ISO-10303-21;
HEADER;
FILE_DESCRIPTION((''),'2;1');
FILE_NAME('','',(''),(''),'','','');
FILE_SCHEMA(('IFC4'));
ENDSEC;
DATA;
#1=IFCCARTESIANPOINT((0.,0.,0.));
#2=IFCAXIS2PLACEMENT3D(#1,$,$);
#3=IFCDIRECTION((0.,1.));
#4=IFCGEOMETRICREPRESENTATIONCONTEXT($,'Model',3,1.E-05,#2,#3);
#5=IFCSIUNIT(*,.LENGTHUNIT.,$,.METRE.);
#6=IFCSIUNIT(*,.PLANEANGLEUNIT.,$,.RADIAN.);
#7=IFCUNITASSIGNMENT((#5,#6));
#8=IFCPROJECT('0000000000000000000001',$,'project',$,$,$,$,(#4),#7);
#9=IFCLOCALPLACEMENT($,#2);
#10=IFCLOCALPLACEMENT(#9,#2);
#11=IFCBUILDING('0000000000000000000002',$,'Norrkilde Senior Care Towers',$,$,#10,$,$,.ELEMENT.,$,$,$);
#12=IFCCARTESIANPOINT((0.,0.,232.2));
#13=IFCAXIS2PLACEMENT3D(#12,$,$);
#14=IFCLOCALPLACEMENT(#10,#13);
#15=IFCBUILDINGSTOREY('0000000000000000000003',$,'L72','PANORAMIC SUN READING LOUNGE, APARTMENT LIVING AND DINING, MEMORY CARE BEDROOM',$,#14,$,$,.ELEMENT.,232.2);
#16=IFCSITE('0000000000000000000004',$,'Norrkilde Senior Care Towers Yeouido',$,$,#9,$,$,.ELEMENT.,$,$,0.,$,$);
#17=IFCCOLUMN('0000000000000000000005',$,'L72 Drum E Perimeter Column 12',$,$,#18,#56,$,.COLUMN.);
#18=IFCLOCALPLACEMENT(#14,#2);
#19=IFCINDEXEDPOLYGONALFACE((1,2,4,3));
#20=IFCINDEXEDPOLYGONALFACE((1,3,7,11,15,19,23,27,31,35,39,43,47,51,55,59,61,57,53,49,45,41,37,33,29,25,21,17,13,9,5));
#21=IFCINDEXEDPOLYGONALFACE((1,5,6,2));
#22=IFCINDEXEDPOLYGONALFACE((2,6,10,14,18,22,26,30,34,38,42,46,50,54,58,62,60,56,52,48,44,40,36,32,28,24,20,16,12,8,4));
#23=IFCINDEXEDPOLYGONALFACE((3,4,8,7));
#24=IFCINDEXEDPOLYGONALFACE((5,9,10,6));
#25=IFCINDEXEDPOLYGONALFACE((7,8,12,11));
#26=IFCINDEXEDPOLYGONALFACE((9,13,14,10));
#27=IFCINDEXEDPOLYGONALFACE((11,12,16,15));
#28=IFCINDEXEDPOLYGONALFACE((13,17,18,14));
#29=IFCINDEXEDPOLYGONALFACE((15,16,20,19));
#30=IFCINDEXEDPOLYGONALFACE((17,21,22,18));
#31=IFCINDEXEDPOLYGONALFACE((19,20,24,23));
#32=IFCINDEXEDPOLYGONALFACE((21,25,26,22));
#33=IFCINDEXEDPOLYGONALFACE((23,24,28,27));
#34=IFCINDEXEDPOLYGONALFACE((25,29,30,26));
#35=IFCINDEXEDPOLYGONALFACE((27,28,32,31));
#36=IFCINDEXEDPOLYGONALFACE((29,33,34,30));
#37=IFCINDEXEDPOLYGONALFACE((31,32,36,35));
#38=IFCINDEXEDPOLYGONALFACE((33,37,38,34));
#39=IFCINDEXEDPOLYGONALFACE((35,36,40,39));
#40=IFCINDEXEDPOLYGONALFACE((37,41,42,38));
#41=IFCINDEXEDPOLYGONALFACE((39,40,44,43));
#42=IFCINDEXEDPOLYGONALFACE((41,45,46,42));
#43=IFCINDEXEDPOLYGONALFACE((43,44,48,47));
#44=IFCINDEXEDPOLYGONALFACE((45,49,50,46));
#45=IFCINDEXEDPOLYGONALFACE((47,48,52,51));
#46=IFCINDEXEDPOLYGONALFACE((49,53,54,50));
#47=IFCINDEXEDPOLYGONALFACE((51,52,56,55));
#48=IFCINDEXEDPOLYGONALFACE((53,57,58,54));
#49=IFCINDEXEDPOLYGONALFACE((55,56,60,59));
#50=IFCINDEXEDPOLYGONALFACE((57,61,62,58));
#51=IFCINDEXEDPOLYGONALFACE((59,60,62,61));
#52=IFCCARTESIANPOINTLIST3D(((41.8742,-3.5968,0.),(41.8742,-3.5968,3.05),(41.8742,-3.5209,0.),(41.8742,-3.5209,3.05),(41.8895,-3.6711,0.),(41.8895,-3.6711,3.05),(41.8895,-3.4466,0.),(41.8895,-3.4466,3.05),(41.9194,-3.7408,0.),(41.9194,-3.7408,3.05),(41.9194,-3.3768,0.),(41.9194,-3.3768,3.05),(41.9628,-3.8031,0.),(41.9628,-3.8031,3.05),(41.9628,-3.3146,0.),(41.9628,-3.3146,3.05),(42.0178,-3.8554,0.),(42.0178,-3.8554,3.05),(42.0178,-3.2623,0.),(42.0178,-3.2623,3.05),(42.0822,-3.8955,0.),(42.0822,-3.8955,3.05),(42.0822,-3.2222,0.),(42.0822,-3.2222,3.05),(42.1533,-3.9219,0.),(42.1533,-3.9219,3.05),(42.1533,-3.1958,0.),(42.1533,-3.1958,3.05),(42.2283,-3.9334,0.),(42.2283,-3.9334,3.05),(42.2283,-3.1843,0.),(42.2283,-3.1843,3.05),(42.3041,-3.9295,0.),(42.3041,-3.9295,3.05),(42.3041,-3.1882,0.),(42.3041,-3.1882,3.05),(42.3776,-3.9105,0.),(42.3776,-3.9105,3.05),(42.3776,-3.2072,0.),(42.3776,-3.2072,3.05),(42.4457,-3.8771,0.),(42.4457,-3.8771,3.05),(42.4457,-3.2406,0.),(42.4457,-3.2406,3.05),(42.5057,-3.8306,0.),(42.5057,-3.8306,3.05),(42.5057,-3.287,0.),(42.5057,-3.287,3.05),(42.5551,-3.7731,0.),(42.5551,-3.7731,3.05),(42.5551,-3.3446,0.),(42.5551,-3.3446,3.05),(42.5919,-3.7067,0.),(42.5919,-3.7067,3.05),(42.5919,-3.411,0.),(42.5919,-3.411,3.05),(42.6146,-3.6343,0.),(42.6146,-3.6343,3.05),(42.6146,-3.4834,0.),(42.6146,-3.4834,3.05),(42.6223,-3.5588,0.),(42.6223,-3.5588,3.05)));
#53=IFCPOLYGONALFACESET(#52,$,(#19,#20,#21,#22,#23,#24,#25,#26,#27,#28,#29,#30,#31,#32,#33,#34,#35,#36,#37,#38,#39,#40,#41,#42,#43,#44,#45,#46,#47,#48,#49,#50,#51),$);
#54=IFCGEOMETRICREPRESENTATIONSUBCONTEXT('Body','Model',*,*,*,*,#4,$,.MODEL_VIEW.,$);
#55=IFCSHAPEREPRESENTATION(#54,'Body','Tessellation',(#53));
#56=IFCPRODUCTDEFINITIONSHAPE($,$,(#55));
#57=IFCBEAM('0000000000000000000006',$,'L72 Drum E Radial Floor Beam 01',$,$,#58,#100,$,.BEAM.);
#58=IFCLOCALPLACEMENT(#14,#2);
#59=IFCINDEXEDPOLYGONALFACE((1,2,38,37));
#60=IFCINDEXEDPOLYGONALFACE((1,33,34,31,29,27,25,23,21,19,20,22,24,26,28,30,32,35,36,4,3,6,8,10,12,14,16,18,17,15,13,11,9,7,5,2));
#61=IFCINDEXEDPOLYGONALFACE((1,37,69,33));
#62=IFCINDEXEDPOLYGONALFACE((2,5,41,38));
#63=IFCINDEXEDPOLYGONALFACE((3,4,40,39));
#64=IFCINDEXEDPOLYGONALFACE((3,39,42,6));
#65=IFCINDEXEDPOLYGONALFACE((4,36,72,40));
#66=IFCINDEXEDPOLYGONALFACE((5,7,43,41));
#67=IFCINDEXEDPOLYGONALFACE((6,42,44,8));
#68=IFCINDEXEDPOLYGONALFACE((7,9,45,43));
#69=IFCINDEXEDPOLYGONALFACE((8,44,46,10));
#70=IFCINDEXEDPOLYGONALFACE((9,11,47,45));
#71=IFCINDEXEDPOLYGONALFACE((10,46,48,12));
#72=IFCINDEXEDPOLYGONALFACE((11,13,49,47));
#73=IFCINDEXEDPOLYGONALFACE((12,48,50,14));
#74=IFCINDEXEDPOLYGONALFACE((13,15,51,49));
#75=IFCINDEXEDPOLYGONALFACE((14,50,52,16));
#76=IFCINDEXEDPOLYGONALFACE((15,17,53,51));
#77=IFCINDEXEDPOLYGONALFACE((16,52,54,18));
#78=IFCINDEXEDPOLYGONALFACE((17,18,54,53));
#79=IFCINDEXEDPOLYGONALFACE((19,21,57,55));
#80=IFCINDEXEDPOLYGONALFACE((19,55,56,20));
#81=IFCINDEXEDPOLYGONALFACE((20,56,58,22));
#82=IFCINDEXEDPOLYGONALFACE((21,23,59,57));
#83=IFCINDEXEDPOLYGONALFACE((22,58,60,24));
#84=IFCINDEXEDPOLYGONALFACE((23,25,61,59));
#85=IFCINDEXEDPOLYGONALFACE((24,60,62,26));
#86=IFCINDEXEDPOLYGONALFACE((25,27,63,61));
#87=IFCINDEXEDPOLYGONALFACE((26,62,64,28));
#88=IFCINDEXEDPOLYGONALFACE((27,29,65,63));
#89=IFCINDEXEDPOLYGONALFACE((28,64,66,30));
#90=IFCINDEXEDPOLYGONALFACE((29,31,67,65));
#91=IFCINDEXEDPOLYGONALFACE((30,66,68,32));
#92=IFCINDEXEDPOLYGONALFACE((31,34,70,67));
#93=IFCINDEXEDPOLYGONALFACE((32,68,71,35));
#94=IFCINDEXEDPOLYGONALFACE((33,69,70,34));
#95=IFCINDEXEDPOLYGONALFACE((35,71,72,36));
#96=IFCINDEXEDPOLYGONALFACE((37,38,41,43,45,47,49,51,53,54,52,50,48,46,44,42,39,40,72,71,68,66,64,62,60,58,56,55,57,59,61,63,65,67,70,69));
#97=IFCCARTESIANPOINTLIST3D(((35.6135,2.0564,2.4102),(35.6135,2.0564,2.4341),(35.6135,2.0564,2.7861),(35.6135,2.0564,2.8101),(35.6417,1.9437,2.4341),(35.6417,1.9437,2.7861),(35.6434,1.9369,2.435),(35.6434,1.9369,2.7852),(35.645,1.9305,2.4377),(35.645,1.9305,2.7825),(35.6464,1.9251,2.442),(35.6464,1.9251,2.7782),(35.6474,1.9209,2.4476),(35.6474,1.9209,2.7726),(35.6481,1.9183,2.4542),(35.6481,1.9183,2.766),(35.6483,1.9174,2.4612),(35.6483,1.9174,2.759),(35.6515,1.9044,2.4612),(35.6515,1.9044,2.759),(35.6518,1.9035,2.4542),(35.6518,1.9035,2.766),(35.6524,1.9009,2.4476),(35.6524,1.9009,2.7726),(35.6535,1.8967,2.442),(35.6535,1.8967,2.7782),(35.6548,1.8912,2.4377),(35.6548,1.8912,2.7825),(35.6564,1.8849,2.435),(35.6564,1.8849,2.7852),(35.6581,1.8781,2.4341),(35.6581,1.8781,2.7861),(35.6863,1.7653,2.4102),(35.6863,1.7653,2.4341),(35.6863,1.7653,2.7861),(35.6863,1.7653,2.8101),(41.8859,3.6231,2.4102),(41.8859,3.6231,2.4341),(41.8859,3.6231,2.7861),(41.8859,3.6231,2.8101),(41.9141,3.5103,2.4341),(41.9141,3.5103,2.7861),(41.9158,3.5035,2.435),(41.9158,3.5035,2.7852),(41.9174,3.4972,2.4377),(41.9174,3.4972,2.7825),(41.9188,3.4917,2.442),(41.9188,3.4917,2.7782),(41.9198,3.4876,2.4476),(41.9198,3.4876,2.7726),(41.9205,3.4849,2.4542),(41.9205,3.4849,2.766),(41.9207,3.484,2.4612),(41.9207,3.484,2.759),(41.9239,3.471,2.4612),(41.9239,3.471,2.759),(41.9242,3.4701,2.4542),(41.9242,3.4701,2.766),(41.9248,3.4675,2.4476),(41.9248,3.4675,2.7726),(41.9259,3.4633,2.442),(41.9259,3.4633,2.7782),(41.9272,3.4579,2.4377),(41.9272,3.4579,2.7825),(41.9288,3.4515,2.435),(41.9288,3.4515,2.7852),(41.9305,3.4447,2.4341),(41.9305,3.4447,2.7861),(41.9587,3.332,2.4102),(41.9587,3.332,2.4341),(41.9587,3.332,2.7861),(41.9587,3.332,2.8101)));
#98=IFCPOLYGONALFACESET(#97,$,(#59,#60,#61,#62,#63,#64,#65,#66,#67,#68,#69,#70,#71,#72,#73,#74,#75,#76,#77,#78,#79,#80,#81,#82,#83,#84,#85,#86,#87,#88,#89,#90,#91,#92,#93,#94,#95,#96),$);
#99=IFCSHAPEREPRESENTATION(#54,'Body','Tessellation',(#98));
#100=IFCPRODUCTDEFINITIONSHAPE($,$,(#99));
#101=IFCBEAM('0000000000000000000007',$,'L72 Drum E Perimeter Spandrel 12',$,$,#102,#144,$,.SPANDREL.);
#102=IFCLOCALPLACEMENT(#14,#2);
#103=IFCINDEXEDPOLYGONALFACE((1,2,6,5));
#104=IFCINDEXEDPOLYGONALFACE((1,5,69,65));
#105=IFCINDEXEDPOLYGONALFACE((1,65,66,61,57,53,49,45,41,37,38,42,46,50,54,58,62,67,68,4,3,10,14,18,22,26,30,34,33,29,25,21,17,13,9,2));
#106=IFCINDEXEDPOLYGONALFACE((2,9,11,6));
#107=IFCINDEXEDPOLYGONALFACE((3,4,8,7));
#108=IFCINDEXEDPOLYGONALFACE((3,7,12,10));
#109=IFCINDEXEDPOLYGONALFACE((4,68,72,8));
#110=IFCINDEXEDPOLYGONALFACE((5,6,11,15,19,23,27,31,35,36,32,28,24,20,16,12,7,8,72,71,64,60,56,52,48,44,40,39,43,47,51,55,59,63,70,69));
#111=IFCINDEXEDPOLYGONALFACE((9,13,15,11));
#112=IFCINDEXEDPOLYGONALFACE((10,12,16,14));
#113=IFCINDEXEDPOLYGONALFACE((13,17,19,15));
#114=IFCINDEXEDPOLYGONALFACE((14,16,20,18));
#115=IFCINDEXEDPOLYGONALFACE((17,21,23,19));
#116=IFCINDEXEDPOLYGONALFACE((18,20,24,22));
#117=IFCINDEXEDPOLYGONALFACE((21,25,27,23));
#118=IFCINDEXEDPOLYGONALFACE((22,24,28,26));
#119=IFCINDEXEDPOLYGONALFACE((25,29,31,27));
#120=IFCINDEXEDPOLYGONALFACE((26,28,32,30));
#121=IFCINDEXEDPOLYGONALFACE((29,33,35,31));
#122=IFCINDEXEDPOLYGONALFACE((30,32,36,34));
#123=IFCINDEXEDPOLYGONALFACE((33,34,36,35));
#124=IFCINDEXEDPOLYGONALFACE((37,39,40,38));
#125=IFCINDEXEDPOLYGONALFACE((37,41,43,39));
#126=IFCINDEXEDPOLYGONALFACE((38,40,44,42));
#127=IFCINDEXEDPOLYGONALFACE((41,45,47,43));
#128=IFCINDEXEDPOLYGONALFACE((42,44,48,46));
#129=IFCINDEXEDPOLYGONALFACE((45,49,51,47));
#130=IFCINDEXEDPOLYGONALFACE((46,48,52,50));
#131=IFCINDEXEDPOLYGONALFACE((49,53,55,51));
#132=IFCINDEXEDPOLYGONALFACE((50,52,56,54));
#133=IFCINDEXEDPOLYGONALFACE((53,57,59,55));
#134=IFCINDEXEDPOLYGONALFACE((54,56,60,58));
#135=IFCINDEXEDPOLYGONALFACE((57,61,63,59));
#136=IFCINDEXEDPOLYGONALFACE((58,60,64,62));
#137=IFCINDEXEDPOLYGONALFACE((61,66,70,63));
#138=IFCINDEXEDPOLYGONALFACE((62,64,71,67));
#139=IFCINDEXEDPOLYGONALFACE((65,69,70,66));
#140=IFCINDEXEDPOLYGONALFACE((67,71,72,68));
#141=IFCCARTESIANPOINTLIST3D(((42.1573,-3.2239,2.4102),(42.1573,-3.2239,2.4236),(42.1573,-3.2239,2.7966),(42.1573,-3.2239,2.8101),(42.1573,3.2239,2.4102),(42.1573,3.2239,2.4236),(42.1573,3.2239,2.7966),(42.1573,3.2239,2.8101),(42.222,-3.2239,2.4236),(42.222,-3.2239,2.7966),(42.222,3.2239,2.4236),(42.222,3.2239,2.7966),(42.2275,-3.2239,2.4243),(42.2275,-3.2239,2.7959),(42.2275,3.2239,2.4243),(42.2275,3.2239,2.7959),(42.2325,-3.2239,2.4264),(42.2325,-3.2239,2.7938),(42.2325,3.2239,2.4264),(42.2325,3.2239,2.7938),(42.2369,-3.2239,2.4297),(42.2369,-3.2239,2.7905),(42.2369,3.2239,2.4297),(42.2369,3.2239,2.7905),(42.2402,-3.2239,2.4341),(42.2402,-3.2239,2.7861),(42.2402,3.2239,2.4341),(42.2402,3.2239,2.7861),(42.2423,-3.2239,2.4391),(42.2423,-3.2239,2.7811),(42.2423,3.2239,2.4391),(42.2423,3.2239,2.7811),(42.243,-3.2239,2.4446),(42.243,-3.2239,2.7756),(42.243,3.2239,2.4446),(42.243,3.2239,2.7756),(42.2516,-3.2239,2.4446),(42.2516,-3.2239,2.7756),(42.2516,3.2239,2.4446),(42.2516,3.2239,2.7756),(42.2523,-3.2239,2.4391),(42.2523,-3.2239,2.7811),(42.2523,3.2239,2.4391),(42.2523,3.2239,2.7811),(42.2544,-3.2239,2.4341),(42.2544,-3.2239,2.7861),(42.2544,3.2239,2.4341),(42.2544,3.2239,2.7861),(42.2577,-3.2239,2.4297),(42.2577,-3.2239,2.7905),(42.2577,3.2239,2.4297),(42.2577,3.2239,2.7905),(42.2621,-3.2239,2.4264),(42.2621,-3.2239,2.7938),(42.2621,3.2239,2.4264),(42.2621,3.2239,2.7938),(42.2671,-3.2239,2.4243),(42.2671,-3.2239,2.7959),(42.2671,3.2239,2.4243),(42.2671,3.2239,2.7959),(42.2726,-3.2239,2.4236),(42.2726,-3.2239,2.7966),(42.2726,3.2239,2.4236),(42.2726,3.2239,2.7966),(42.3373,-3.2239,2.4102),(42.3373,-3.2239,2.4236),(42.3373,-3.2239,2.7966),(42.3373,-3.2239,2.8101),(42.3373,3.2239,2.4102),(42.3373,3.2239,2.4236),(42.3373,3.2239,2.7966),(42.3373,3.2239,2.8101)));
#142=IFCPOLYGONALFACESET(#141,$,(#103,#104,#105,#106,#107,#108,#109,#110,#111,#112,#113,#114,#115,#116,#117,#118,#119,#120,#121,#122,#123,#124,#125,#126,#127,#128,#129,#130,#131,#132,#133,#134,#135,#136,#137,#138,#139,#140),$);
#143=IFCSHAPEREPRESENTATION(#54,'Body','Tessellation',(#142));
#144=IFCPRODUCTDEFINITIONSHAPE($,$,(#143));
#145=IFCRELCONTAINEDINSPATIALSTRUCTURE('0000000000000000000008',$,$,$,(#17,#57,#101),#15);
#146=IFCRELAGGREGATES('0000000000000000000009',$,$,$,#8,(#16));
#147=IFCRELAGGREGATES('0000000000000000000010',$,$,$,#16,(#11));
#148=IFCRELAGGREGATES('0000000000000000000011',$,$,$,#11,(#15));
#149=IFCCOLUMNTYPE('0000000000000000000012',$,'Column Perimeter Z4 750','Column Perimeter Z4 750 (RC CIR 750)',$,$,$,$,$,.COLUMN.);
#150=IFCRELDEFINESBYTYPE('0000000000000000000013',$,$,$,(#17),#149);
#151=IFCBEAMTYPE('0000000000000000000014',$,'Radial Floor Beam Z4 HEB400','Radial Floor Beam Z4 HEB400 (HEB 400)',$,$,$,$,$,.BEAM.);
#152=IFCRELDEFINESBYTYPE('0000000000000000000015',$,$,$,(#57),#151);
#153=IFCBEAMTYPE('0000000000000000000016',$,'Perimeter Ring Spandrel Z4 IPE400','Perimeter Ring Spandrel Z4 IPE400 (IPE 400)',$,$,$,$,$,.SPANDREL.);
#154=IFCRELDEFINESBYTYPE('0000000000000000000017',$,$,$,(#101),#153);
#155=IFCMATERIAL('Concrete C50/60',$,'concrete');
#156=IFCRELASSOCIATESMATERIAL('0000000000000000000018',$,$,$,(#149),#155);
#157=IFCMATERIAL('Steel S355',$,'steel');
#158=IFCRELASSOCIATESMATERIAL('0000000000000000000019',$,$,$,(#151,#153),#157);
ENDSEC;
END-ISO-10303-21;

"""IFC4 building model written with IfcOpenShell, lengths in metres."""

from ifc_helpers import new_model, si_unit, direction, frame, origin, origin_2d, place, context, subcontext, project, spatial, circle, i_section, extrude, source, transform, mapped, material, material_profile, profile_set, type_object, type_shapes, element, save


model = new_model("IFC4")

# Units and contexts
model_context = context("Model", 3, precision=1e-05, world=origin(), true_north=direction((0.0, 1.0)))
body_context = subcontext(model_context, "Body", "Model", "MODEL_VIEW")
ifc_project = project(units=[si_unit("LENGTHUNIT", "METRE"), si_unit("PLANEANGLEUNIT", "RADIAN")], contexts=[model_context])

# Site, building, storey
site_placement = place(None, origin())
site = spatial("IfcSite", under=ifc_project, at=site_placement, Name="Norrkilde Senior Care Towers Yeouido", CompositionType="ELEMENT", RefElevation=0.0)
building_placement = place(site_placement, origin())
building = spatial("IfcBuilding", under=site, at=building_placement, Name="Norrkilde Senior Care Towers", CompositionType="ELEMENT")
storey_placement = place(building_placement, frame((0.0, 0.0, 232.2)))
storey = spatial("IfcBuildingStorey", under=building, at=storey_placement, Name="L72", Description="PANORAMIC SUN READING LOUNGE, APARTMENT LIVING AND DINING, MEMORY CARE BEDROOM", CompositionType="ELEMENT", Elevation=232.2)

# Column
ifc_material_1 = material(Name="Concrete C50/60", Category="concrete")
ifc_material_profile_1 = material_profile(ifc_material_1, circle(Radius=0.375, at=origin_2d()), Name="RC CIR 750")
ifc_profile_set_1 = profile_set([ifc_material_profile_1], Name="Concrete C50/60")
column_type = type_object("IfcColumnType", Name="Column Perimeter Z4 750", Description="Column Perimeter Z4 750 (RC CIR 750)", PredefinedType="COLUMN", material=ifc_profile_set_1)
shared_shape_1 = source(origin(), body_context, "Body", "SweptSolid", [
    extrude(circle(Radius=0.375, at=origin_2d()), origin(), (0.0, 0.0, 1.0), 3.05),
])
type_shapes(column_type, [shared_shape_1])
column_placement = place(storey_placement, frame((42.2473, -3.5588, 0.0), z_axis=(0.0, 0.0, 1.0), x_axis=(1.0, 0.0, 0.0)))
element("IfcColumn", 1, at=column_placement, inside=storey, type_object=column_type, Name="L72 Drum E Perimeter Column 12", PredefinedType="COLUMN", context=body_context, shape_type="MappedRepresentation", body=[
    mapped(shared_shape_1, transform((0.0, 0.0, 0.0), x_axis=(1.0, 0.0, 0.0), y_axis=(0.0, 1.0, 0.0), z_axis=(0.0, 0.0, 1.0), scale=1.0)),
])

# Beams
ifc_material_2 = material(Name="Steel S355", Category="steel")
ifc_material_profile_2 = material_profile(ifc_material_2, i_section(OverallWidth=0.3, OverallDepth=0.3999, WebThickness=0.0134, FlangeThickness=0.0239, FilletRadius=0.0271, at=origin_2d()), Name="HEB 400")
ifc_profile_set_2 = profile_set([ifc_material_profile_2], Name="Steel S355")
beam_type_1 = type_object("IfcBeamType", Name="Radial Floor Beam Z4 HEB400", Description="Radial Floor Beam Z4 HEB400 (HEB 400)", PredefinedType="BEAM", material=ifc_profile_set_2)
shared_shape_2 = source(origin(), body_context, "Body", "SweptSolid", [
    extrude(i_section(OverallWidth=0.3, OverallDepth=0.3999, WebThickness=0.0134, FlangeThickness=0.0239, FilletRadius=0.0271, at=origin_2d()), origin(), (0.0, 0.0, 1.0), 6.4651),
])
type_shapes(beam_type_1, [shared_shape_2])
beam_1_placement = place(storey_placement, frame((35.6499, 1.9109, 2.6101), z_axis=(0.970196, 0.242322, 0.0), x_axis=(-0.242322, 0.970196, 0.0)))
element("IfcBeam", 2, at=beam_1_placement, inside=storey, type_object=beam_type_1, Name="L72 Drum E Radial Floor Beam 01", PredefinedType="BEAM", context=body_context, shape_type="MappedRepresentation", body=[
    mapped(shared_shape_2, transform((0.0, 0.0, 0.0), x_axis=(1.0, 0.0, 0.0), y_axis=(0.0, 1.0, 0.0), z_axis=(0.0, 0.0, 1.0), scale=1.0)),
])
ifc_material_profile_3 = material_profile(ifc_material_2, i_section(OverallWidth=0.1799, OverallDepth=0.3999, WebThickness=0.0085, FlangeThickness=0.0134, FilletRadius=0.021, at=origin_2d()), Name="IPE 400")
ifc_profile_set_3 = profile_set([ifc_material_profile_3], Name="Steel S355")
beam_type_2 = type_object("IfcBeamType", Name="Perimeter Ring Spandrel Z4 IPE400", Description="Perimeter Ring Spandrel Z4 IPE400 (IPE 400)", PredefinedType="SPANDREL", material=ifc_profile_set_3)
shared_shape_3 = source(origin(), body_context, "Body", "SweptSolid", [
    extrude(i_section(OverallWidth=0.1799, OverallDepth=0.3999, WebThickness=0.0085, FlangeThickness=0.0134, FilletRadius=0.021, at=origin_2d()), origin(), (0.0, 0.0, 1.0), 6.4478),
])
type_shapes(beam_type_2, [shared_shape_3])
beam_2_placement = place(storey_placement, frame((42.2473, -3.2239, 2.6101), z_axis=(0.0, 1.0, 0.0), x_axis=(-1.0, 0.0, 0.0)))
element("IfcBeam", 3, at=beam_2_placement, inside=storey, type_object=beam_type_2, Name="L72 Drum E Perimeter Spandrel 12", PredefinedType="SPANDREL", context=body_context, shape_type="MappedRepresentation", body=[
    mapped(shared_shape_3, transform((0.0, 0.0, 0.0), x_axis=(1.0, 0.0, 0.0), y_axis=(0.0, 1.0, 0.0), z_axis=(0.0, 0.0, 1.0), scale=1.0)),
])

save(model, "model.ifc")
